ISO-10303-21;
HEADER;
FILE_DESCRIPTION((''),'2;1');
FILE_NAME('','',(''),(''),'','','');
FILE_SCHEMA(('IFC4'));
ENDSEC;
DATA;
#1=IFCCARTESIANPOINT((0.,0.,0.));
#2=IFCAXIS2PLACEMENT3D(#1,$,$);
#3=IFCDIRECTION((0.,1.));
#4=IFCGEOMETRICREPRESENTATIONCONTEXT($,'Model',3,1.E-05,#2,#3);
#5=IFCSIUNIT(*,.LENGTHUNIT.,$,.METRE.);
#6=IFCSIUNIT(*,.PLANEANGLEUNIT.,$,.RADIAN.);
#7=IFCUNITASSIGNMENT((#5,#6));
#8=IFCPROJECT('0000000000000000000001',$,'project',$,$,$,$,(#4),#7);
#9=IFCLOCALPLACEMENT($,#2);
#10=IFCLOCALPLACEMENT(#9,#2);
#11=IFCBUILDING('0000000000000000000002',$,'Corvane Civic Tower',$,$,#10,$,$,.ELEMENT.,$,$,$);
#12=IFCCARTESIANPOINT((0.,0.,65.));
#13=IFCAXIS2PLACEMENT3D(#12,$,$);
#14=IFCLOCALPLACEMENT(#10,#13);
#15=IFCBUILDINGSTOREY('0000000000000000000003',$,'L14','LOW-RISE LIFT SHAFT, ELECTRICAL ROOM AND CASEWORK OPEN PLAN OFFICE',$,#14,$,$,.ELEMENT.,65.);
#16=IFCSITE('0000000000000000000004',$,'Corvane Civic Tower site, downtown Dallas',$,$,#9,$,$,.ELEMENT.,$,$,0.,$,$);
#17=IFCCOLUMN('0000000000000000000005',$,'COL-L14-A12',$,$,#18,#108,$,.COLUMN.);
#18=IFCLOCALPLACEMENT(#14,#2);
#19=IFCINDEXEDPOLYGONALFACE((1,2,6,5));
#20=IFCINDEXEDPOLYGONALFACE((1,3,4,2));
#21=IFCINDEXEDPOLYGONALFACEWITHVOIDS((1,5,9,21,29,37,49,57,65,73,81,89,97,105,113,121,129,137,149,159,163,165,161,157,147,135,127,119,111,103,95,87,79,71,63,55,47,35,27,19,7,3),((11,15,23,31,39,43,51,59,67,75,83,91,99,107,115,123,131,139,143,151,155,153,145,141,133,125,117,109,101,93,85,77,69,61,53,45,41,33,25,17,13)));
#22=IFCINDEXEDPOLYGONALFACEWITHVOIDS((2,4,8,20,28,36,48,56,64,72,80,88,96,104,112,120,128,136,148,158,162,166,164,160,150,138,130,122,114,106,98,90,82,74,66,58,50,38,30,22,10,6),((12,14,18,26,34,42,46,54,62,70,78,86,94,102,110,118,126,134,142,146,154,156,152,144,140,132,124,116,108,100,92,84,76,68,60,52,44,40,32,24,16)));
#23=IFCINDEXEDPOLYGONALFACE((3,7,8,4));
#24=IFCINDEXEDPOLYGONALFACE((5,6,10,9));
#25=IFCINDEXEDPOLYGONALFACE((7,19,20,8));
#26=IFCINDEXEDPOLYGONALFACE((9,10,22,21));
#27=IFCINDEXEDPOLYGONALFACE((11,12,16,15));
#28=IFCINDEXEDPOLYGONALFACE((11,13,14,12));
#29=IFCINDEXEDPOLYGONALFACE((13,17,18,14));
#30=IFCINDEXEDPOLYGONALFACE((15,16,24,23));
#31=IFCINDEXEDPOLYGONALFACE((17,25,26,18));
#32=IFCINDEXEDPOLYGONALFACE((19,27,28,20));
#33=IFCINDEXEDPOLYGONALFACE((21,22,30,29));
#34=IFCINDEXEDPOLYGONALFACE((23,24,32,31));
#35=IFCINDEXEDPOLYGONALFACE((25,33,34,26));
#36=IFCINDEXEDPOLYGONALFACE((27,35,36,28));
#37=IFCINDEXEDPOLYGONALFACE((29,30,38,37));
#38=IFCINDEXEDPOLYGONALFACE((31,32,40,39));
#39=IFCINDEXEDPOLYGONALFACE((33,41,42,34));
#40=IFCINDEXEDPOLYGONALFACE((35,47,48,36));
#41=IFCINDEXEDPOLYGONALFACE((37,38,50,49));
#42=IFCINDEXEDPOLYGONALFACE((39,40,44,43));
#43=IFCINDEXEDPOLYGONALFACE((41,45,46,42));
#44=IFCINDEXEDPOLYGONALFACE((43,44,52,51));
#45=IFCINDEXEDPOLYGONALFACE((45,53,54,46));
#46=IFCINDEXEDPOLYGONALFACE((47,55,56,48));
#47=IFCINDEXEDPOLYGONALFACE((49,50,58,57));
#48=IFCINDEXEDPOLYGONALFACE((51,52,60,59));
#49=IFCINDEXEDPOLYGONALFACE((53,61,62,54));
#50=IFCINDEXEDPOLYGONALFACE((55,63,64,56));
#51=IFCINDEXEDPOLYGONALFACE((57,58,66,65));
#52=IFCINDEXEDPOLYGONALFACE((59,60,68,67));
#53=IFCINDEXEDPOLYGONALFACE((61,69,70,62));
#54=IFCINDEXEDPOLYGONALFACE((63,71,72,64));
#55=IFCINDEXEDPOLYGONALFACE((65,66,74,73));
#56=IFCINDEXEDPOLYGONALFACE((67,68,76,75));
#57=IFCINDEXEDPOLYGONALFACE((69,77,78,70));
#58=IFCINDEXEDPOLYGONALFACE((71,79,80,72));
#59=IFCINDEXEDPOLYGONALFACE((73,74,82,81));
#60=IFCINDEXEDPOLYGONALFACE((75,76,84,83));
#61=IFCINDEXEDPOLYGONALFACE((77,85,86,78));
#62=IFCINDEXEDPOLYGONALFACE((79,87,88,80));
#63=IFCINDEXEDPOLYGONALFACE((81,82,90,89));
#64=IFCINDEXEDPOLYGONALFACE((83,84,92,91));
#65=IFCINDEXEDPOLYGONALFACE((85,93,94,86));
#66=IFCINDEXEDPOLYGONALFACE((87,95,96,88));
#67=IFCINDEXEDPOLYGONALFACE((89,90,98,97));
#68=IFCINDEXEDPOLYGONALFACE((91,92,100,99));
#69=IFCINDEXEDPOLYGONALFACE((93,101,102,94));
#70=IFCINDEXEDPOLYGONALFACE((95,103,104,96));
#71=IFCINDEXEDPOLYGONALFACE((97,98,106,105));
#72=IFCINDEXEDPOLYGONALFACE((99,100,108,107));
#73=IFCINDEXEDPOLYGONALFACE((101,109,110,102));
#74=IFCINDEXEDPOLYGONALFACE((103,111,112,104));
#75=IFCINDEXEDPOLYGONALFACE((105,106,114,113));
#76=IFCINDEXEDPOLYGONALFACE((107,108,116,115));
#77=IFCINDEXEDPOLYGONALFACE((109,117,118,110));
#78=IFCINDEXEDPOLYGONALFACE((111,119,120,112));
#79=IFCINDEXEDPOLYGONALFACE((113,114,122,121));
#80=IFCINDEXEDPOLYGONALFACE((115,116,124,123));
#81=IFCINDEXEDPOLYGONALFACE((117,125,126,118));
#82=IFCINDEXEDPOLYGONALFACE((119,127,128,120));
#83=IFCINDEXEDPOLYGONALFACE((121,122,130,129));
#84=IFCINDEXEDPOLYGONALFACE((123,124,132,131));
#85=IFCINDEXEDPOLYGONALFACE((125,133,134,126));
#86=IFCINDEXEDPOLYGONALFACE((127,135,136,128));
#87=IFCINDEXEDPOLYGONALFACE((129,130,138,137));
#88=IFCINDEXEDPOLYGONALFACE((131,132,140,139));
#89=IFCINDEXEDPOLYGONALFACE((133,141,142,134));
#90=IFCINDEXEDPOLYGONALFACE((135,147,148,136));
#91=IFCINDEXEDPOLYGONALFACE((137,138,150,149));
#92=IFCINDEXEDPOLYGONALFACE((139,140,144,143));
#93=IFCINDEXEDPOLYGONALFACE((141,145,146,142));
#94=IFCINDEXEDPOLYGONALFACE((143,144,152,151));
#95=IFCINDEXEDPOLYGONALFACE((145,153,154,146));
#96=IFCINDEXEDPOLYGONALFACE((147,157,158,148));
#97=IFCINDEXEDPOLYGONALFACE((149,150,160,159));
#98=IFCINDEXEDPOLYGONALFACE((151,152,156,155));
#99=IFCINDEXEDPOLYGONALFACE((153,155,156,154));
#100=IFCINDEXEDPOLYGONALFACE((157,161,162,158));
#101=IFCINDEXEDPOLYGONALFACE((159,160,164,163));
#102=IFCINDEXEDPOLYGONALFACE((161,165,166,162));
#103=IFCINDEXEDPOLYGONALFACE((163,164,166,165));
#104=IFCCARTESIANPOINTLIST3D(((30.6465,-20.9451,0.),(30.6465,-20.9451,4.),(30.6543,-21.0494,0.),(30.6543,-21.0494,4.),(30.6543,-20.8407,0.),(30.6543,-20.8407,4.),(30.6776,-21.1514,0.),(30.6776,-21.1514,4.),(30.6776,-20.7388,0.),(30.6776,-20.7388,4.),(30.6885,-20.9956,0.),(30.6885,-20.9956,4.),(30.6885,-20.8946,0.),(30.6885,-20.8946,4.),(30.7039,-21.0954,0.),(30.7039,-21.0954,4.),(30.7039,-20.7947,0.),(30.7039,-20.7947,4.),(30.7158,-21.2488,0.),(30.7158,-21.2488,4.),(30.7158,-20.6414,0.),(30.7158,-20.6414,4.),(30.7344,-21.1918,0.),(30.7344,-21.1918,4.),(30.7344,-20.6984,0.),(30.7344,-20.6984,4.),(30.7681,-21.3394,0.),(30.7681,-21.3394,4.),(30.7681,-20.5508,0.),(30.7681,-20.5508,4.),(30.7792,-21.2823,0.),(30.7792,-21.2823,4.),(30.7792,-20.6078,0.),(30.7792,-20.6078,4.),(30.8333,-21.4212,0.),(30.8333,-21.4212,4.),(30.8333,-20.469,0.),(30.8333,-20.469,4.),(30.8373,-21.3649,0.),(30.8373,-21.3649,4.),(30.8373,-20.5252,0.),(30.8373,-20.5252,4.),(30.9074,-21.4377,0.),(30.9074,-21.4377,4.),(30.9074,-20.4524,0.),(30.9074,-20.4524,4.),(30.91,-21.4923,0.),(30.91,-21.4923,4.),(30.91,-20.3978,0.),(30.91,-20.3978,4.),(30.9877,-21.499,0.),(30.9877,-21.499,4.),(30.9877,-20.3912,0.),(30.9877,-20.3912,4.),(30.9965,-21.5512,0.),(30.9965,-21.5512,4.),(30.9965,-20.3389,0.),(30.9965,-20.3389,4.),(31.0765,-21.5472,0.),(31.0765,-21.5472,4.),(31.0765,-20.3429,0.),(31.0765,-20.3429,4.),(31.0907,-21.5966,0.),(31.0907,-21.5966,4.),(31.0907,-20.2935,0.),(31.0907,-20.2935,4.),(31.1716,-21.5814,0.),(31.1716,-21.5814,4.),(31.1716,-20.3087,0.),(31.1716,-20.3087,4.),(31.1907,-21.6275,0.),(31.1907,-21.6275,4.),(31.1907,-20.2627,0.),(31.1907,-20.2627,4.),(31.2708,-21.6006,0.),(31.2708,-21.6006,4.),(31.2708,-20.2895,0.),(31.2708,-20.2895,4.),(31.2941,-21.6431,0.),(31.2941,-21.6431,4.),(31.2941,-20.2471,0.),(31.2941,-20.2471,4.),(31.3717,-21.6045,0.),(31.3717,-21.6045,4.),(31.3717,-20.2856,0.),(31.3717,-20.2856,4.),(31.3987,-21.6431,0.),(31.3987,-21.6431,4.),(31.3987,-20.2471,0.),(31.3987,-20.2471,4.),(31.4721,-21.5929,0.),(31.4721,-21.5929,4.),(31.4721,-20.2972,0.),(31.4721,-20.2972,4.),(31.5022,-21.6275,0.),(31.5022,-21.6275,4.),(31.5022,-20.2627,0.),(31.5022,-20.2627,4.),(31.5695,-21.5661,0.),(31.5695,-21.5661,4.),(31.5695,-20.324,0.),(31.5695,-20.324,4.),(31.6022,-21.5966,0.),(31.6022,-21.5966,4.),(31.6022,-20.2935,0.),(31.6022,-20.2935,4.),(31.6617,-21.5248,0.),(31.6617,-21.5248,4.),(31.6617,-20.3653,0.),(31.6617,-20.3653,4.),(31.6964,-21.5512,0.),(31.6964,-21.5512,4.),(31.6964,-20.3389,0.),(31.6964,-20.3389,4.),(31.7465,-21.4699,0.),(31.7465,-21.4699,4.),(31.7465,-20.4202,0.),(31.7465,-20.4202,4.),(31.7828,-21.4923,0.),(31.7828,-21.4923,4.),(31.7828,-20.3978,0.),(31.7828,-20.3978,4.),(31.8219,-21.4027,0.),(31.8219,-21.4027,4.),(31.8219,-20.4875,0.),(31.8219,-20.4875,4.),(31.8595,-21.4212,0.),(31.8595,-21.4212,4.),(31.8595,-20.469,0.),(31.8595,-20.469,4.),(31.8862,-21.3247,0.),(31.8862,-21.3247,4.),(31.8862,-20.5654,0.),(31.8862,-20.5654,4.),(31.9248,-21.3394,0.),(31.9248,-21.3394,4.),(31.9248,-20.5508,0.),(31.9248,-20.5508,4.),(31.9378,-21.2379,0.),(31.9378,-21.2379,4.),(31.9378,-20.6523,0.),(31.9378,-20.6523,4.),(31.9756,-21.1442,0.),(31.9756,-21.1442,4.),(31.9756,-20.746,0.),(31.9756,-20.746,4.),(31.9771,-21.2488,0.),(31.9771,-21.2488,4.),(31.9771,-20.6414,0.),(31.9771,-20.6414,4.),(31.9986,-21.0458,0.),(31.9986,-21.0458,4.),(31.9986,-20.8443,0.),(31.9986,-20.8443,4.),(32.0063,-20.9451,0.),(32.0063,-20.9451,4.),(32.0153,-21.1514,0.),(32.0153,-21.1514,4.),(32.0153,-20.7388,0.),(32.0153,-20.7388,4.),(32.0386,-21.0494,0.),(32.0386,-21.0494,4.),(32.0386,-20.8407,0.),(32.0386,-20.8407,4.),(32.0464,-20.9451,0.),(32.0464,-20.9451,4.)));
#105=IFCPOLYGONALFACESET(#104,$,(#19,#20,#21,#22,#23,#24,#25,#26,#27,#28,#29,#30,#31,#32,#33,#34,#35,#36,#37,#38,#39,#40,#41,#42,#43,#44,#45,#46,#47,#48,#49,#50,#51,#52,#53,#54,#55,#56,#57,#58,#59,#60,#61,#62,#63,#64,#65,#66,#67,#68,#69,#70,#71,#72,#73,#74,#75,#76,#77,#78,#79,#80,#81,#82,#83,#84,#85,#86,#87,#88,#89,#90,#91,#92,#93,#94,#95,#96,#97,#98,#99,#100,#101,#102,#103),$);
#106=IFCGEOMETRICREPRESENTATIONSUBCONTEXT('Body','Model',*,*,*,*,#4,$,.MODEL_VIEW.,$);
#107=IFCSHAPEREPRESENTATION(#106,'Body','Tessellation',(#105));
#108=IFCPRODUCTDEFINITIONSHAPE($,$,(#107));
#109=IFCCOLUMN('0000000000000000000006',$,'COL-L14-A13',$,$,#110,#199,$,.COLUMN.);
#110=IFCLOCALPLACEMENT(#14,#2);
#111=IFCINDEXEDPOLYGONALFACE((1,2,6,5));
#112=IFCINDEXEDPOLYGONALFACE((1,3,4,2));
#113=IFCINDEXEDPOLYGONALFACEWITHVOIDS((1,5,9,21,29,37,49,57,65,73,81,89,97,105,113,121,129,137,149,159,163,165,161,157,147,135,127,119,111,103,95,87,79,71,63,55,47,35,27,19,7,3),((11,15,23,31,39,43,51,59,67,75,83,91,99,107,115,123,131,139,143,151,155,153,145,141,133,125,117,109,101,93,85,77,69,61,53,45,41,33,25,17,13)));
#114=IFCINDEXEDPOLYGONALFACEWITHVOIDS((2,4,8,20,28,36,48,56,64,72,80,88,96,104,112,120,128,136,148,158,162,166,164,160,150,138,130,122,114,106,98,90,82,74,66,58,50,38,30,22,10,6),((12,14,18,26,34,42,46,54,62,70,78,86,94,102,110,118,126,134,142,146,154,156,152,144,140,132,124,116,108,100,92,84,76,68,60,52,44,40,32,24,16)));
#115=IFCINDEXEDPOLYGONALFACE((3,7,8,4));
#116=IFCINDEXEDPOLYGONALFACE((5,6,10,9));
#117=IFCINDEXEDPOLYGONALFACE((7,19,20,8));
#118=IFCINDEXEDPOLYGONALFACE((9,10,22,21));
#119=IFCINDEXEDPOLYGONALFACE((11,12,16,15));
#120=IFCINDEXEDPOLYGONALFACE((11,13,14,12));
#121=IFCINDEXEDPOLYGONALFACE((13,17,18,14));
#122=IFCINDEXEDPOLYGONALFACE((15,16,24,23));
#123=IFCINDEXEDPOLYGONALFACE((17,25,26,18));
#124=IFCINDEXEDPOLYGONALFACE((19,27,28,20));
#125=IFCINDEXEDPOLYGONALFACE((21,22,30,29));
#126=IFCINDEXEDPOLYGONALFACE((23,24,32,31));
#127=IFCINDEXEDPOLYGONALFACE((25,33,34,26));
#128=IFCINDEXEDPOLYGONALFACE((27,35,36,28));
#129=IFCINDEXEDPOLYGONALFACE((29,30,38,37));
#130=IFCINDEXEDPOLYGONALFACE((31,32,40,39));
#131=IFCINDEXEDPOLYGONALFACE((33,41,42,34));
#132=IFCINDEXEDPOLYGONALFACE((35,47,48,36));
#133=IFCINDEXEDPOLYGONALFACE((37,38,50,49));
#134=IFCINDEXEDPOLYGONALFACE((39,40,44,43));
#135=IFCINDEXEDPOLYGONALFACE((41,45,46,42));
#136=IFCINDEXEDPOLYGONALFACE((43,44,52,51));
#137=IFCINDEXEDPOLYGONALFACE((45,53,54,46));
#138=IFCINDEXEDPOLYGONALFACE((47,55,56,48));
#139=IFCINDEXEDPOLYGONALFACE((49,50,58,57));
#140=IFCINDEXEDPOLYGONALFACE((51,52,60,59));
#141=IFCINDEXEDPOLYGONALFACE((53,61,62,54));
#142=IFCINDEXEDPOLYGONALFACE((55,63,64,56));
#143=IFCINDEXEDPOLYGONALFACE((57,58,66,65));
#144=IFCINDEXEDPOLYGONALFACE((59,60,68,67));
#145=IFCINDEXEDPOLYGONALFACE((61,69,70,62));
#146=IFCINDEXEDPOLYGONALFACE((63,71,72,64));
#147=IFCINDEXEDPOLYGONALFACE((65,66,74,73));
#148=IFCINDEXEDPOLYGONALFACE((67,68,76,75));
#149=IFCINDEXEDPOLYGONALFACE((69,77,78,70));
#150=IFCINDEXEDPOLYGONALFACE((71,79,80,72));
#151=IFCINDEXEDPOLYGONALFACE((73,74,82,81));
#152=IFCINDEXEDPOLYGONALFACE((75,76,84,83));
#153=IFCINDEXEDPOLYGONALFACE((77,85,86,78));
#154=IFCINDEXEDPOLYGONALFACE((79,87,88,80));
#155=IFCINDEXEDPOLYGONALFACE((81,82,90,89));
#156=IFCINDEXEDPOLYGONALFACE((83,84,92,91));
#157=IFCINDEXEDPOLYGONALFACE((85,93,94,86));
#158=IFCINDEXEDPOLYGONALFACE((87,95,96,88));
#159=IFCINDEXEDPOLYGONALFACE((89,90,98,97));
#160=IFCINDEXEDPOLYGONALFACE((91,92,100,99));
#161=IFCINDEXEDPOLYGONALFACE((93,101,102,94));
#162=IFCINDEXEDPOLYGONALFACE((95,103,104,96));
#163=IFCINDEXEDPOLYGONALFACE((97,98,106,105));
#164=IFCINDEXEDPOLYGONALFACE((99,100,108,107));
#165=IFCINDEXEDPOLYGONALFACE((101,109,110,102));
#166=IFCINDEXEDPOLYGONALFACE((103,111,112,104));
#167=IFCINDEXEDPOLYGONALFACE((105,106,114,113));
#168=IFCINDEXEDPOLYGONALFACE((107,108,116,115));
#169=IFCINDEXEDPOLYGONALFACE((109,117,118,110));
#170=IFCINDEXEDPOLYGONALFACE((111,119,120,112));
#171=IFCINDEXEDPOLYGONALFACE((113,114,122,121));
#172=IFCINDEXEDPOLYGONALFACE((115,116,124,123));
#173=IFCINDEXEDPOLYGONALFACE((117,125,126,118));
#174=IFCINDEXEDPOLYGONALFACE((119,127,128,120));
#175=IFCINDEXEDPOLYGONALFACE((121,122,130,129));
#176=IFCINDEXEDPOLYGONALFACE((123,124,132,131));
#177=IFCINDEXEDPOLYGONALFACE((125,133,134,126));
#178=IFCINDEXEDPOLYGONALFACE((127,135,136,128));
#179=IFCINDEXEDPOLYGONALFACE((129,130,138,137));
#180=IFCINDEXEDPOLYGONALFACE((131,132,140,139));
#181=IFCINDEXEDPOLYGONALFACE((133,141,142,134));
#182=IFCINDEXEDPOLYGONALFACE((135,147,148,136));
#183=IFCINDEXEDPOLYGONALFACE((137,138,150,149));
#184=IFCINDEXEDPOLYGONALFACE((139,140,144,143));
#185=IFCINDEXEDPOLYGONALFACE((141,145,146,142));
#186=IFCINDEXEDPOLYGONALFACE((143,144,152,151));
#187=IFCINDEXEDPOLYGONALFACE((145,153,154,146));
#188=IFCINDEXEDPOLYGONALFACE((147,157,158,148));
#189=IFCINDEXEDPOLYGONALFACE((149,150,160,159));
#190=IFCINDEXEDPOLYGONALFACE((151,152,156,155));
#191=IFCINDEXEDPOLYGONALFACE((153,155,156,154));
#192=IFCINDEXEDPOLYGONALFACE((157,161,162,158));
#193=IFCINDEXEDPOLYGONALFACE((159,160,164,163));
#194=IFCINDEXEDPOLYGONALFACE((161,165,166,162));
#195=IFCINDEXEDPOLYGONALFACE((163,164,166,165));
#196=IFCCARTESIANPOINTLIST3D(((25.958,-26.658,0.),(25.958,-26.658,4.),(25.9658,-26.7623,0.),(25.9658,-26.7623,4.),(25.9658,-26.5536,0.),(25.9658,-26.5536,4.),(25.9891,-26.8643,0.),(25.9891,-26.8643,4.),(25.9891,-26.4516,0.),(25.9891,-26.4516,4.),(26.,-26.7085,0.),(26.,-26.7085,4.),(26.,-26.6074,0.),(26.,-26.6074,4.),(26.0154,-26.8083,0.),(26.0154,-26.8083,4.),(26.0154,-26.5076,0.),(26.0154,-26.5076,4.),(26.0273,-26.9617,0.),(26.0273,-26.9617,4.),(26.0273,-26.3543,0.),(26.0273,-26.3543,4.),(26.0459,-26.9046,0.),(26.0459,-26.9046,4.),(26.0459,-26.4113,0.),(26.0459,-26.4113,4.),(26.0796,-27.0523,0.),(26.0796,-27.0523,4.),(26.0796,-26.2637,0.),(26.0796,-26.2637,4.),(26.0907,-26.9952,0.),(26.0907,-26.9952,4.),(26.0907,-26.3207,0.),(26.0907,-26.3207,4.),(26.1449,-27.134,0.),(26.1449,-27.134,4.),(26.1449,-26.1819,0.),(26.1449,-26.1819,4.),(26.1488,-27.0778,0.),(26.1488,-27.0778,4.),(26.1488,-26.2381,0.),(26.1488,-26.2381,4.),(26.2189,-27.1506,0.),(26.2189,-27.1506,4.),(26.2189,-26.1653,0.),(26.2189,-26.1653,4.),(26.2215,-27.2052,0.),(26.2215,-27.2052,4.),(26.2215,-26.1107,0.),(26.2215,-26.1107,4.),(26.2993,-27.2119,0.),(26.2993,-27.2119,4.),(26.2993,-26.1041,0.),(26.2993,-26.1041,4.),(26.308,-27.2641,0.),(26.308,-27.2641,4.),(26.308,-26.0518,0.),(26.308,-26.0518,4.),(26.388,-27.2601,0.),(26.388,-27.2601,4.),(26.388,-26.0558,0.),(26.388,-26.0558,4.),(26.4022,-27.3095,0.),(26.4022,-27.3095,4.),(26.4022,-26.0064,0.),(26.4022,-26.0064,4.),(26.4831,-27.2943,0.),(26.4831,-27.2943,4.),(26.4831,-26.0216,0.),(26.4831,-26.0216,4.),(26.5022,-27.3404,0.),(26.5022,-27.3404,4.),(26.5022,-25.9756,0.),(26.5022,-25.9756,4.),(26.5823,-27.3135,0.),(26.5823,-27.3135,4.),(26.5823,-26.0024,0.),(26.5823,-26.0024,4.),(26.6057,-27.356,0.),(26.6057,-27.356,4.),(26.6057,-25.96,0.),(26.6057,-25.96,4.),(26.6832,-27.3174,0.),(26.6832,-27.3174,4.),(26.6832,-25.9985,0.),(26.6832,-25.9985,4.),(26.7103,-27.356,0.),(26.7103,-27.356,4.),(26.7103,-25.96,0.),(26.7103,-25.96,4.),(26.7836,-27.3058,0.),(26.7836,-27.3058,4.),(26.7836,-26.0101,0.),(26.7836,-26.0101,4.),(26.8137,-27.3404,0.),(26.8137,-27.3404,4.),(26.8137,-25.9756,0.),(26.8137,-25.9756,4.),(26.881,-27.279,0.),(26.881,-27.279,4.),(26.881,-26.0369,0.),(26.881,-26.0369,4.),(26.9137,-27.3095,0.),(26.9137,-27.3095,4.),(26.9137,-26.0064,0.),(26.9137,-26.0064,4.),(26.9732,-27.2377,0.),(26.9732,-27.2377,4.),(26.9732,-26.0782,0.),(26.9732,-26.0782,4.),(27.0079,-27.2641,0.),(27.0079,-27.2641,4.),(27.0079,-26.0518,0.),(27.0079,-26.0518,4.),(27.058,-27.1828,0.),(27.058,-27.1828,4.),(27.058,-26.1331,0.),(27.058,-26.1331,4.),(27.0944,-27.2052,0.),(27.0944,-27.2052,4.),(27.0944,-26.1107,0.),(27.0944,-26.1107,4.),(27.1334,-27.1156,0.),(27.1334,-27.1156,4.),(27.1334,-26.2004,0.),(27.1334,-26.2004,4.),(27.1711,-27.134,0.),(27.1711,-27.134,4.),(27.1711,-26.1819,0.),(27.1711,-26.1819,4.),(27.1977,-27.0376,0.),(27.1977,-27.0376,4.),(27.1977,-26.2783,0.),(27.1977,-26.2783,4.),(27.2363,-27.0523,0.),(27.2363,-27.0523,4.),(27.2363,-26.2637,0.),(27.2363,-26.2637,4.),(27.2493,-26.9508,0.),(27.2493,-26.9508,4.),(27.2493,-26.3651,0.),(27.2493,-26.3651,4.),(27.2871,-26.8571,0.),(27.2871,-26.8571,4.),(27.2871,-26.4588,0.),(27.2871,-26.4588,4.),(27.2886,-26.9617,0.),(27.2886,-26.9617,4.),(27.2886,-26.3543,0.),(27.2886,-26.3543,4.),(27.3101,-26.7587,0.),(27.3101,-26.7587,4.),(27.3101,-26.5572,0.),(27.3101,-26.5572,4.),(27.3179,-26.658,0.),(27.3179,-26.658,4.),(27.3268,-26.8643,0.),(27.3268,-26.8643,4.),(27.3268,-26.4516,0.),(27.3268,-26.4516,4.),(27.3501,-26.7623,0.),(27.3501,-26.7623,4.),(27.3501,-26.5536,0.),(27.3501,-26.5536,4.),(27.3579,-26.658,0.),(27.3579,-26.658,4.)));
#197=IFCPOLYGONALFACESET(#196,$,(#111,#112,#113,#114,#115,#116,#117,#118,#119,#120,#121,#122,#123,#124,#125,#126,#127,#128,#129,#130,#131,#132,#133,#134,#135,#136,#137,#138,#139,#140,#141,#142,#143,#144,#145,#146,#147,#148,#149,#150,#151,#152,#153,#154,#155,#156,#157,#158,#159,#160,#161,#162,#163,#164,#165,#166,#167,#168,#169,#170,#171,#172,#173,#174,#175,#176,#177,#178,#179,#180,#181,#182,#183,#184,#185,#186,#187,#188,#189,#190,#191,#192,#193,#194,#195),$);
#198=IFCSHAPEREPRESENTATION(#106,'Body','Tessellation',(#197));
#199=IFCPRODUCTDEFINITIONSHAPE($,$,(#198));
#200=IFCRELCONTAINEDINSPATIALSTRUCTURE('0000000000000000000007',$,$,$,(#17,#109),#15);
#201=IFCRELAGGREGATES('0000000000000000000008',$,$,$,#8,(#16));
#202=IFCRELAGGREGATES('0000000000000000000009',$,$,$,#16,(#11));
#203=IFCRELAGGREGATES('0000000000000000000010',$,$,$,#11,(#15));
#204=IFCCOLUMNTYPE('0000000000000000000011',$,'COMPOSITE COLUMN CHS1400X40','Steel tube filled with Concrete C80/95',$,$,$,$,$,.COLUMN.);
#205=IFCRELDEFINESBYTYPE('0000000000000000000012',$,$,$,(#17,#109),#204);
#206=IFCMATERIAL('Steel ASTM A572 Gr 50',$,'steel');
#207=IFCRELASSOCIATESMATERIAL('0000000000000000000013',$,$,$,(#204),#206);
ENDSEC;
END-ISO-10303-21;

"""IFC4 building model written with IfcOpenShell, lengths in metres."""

from ifc_helpers import new_model, si_unit, direction, frame, origin, origin_2d, place, context, subcontext, project, spatial, hollow_circle, extrude, material, material_profile, profile_set, type_object, element, save


model = new_model("IFC4")

# Units and contexts
model_context = context("Model", 3, precision=1e-05, world=origin(), true_north=direction((0.0, 1.0)))
body_context = subcontext(model_context, "Body", "Model", "MODEL_VIEW")
ifc_project = project(units=[si_unit("LENGTHUNIT", "METRE"), si_unit("PLANEANGLEUNIT", "RADIAN")], contexts=[model_context])

# Site, building, storey
site_placement = place(None, origin())
site = spatial("IfcSite", under=ifc_project, at=site_placement, Name="Corvane Civic Tower site, downtown Dallas", CompositionType="ELEMENT", RefElevation=0.0)
building_placement = place(site_placement, origin())
building = spatial("IfcBuilding", under=site, at=building_placement, Name="Corvane Civic Tower", CompositionType="ELEMENT")
storey_placement = place(building_placement, frame((0.0, 0.0, 65.0)))
storey = spatial("IfcBuildingStorey", under=building, at=storey_placement, Name="L14", Description="LOW-RISE LIFT SHAFT, ELECTRICAL ROOM AND CASEWORK OPEN PLAN OFFICE", CompositionType="ELEMENT", Elevation=65.0)

# Columns
ifc_material_1 = material(Name="Steel ASTM A572 Gr 50", Category="steel")
ifc_material_profile_1 = material_profile(ifc_material_1, hollow_circle(Radius=0.7, WallThickness=0.04, at=origin_2d()), Name="CHS1400X40")
ifc_profile_set_1 = profile_set([ifc_material_profile_1], Name="Steel ASTM A572 Gr 50")
column_type = type_object("IfcColumnType", Name="COMPOSITE COLUMN CHS1400X40", Description="Steel tube filled with Concrete C80/95", PredefinedType="COLUMN", material=ifc_profile_set_1)
for number, where, z_axis, x_axis, name in (
    (1, (31.3464, -20.9451, 0.0), (0.0, 0.0, 1.0), (1.0, 0.0, 0.0), "COL-L14-A12"),
    (2, (26.658, -26.658, 0.0), (0.0, 0.0, 1.0), (1.0, 0.0, 0.0), "COL-L14-A13"),
):
    element("IfcColumn", number, at=place(storey_placement, frame(where, z_axis=z_axis, x_axis=x_axis)), inside=storey, type_object=column_type, Name=name, PredefinedType="COLUMN", context=body_context, shape_type="SweptSolid", body=[
        extrude(hollow_circle(Radius=0.7, WallThickness=0.04, at=origin_2d()), origin(), (0.0, 0.0, 1.0), 4.0),
    ])

save(model, "model.ifc")
